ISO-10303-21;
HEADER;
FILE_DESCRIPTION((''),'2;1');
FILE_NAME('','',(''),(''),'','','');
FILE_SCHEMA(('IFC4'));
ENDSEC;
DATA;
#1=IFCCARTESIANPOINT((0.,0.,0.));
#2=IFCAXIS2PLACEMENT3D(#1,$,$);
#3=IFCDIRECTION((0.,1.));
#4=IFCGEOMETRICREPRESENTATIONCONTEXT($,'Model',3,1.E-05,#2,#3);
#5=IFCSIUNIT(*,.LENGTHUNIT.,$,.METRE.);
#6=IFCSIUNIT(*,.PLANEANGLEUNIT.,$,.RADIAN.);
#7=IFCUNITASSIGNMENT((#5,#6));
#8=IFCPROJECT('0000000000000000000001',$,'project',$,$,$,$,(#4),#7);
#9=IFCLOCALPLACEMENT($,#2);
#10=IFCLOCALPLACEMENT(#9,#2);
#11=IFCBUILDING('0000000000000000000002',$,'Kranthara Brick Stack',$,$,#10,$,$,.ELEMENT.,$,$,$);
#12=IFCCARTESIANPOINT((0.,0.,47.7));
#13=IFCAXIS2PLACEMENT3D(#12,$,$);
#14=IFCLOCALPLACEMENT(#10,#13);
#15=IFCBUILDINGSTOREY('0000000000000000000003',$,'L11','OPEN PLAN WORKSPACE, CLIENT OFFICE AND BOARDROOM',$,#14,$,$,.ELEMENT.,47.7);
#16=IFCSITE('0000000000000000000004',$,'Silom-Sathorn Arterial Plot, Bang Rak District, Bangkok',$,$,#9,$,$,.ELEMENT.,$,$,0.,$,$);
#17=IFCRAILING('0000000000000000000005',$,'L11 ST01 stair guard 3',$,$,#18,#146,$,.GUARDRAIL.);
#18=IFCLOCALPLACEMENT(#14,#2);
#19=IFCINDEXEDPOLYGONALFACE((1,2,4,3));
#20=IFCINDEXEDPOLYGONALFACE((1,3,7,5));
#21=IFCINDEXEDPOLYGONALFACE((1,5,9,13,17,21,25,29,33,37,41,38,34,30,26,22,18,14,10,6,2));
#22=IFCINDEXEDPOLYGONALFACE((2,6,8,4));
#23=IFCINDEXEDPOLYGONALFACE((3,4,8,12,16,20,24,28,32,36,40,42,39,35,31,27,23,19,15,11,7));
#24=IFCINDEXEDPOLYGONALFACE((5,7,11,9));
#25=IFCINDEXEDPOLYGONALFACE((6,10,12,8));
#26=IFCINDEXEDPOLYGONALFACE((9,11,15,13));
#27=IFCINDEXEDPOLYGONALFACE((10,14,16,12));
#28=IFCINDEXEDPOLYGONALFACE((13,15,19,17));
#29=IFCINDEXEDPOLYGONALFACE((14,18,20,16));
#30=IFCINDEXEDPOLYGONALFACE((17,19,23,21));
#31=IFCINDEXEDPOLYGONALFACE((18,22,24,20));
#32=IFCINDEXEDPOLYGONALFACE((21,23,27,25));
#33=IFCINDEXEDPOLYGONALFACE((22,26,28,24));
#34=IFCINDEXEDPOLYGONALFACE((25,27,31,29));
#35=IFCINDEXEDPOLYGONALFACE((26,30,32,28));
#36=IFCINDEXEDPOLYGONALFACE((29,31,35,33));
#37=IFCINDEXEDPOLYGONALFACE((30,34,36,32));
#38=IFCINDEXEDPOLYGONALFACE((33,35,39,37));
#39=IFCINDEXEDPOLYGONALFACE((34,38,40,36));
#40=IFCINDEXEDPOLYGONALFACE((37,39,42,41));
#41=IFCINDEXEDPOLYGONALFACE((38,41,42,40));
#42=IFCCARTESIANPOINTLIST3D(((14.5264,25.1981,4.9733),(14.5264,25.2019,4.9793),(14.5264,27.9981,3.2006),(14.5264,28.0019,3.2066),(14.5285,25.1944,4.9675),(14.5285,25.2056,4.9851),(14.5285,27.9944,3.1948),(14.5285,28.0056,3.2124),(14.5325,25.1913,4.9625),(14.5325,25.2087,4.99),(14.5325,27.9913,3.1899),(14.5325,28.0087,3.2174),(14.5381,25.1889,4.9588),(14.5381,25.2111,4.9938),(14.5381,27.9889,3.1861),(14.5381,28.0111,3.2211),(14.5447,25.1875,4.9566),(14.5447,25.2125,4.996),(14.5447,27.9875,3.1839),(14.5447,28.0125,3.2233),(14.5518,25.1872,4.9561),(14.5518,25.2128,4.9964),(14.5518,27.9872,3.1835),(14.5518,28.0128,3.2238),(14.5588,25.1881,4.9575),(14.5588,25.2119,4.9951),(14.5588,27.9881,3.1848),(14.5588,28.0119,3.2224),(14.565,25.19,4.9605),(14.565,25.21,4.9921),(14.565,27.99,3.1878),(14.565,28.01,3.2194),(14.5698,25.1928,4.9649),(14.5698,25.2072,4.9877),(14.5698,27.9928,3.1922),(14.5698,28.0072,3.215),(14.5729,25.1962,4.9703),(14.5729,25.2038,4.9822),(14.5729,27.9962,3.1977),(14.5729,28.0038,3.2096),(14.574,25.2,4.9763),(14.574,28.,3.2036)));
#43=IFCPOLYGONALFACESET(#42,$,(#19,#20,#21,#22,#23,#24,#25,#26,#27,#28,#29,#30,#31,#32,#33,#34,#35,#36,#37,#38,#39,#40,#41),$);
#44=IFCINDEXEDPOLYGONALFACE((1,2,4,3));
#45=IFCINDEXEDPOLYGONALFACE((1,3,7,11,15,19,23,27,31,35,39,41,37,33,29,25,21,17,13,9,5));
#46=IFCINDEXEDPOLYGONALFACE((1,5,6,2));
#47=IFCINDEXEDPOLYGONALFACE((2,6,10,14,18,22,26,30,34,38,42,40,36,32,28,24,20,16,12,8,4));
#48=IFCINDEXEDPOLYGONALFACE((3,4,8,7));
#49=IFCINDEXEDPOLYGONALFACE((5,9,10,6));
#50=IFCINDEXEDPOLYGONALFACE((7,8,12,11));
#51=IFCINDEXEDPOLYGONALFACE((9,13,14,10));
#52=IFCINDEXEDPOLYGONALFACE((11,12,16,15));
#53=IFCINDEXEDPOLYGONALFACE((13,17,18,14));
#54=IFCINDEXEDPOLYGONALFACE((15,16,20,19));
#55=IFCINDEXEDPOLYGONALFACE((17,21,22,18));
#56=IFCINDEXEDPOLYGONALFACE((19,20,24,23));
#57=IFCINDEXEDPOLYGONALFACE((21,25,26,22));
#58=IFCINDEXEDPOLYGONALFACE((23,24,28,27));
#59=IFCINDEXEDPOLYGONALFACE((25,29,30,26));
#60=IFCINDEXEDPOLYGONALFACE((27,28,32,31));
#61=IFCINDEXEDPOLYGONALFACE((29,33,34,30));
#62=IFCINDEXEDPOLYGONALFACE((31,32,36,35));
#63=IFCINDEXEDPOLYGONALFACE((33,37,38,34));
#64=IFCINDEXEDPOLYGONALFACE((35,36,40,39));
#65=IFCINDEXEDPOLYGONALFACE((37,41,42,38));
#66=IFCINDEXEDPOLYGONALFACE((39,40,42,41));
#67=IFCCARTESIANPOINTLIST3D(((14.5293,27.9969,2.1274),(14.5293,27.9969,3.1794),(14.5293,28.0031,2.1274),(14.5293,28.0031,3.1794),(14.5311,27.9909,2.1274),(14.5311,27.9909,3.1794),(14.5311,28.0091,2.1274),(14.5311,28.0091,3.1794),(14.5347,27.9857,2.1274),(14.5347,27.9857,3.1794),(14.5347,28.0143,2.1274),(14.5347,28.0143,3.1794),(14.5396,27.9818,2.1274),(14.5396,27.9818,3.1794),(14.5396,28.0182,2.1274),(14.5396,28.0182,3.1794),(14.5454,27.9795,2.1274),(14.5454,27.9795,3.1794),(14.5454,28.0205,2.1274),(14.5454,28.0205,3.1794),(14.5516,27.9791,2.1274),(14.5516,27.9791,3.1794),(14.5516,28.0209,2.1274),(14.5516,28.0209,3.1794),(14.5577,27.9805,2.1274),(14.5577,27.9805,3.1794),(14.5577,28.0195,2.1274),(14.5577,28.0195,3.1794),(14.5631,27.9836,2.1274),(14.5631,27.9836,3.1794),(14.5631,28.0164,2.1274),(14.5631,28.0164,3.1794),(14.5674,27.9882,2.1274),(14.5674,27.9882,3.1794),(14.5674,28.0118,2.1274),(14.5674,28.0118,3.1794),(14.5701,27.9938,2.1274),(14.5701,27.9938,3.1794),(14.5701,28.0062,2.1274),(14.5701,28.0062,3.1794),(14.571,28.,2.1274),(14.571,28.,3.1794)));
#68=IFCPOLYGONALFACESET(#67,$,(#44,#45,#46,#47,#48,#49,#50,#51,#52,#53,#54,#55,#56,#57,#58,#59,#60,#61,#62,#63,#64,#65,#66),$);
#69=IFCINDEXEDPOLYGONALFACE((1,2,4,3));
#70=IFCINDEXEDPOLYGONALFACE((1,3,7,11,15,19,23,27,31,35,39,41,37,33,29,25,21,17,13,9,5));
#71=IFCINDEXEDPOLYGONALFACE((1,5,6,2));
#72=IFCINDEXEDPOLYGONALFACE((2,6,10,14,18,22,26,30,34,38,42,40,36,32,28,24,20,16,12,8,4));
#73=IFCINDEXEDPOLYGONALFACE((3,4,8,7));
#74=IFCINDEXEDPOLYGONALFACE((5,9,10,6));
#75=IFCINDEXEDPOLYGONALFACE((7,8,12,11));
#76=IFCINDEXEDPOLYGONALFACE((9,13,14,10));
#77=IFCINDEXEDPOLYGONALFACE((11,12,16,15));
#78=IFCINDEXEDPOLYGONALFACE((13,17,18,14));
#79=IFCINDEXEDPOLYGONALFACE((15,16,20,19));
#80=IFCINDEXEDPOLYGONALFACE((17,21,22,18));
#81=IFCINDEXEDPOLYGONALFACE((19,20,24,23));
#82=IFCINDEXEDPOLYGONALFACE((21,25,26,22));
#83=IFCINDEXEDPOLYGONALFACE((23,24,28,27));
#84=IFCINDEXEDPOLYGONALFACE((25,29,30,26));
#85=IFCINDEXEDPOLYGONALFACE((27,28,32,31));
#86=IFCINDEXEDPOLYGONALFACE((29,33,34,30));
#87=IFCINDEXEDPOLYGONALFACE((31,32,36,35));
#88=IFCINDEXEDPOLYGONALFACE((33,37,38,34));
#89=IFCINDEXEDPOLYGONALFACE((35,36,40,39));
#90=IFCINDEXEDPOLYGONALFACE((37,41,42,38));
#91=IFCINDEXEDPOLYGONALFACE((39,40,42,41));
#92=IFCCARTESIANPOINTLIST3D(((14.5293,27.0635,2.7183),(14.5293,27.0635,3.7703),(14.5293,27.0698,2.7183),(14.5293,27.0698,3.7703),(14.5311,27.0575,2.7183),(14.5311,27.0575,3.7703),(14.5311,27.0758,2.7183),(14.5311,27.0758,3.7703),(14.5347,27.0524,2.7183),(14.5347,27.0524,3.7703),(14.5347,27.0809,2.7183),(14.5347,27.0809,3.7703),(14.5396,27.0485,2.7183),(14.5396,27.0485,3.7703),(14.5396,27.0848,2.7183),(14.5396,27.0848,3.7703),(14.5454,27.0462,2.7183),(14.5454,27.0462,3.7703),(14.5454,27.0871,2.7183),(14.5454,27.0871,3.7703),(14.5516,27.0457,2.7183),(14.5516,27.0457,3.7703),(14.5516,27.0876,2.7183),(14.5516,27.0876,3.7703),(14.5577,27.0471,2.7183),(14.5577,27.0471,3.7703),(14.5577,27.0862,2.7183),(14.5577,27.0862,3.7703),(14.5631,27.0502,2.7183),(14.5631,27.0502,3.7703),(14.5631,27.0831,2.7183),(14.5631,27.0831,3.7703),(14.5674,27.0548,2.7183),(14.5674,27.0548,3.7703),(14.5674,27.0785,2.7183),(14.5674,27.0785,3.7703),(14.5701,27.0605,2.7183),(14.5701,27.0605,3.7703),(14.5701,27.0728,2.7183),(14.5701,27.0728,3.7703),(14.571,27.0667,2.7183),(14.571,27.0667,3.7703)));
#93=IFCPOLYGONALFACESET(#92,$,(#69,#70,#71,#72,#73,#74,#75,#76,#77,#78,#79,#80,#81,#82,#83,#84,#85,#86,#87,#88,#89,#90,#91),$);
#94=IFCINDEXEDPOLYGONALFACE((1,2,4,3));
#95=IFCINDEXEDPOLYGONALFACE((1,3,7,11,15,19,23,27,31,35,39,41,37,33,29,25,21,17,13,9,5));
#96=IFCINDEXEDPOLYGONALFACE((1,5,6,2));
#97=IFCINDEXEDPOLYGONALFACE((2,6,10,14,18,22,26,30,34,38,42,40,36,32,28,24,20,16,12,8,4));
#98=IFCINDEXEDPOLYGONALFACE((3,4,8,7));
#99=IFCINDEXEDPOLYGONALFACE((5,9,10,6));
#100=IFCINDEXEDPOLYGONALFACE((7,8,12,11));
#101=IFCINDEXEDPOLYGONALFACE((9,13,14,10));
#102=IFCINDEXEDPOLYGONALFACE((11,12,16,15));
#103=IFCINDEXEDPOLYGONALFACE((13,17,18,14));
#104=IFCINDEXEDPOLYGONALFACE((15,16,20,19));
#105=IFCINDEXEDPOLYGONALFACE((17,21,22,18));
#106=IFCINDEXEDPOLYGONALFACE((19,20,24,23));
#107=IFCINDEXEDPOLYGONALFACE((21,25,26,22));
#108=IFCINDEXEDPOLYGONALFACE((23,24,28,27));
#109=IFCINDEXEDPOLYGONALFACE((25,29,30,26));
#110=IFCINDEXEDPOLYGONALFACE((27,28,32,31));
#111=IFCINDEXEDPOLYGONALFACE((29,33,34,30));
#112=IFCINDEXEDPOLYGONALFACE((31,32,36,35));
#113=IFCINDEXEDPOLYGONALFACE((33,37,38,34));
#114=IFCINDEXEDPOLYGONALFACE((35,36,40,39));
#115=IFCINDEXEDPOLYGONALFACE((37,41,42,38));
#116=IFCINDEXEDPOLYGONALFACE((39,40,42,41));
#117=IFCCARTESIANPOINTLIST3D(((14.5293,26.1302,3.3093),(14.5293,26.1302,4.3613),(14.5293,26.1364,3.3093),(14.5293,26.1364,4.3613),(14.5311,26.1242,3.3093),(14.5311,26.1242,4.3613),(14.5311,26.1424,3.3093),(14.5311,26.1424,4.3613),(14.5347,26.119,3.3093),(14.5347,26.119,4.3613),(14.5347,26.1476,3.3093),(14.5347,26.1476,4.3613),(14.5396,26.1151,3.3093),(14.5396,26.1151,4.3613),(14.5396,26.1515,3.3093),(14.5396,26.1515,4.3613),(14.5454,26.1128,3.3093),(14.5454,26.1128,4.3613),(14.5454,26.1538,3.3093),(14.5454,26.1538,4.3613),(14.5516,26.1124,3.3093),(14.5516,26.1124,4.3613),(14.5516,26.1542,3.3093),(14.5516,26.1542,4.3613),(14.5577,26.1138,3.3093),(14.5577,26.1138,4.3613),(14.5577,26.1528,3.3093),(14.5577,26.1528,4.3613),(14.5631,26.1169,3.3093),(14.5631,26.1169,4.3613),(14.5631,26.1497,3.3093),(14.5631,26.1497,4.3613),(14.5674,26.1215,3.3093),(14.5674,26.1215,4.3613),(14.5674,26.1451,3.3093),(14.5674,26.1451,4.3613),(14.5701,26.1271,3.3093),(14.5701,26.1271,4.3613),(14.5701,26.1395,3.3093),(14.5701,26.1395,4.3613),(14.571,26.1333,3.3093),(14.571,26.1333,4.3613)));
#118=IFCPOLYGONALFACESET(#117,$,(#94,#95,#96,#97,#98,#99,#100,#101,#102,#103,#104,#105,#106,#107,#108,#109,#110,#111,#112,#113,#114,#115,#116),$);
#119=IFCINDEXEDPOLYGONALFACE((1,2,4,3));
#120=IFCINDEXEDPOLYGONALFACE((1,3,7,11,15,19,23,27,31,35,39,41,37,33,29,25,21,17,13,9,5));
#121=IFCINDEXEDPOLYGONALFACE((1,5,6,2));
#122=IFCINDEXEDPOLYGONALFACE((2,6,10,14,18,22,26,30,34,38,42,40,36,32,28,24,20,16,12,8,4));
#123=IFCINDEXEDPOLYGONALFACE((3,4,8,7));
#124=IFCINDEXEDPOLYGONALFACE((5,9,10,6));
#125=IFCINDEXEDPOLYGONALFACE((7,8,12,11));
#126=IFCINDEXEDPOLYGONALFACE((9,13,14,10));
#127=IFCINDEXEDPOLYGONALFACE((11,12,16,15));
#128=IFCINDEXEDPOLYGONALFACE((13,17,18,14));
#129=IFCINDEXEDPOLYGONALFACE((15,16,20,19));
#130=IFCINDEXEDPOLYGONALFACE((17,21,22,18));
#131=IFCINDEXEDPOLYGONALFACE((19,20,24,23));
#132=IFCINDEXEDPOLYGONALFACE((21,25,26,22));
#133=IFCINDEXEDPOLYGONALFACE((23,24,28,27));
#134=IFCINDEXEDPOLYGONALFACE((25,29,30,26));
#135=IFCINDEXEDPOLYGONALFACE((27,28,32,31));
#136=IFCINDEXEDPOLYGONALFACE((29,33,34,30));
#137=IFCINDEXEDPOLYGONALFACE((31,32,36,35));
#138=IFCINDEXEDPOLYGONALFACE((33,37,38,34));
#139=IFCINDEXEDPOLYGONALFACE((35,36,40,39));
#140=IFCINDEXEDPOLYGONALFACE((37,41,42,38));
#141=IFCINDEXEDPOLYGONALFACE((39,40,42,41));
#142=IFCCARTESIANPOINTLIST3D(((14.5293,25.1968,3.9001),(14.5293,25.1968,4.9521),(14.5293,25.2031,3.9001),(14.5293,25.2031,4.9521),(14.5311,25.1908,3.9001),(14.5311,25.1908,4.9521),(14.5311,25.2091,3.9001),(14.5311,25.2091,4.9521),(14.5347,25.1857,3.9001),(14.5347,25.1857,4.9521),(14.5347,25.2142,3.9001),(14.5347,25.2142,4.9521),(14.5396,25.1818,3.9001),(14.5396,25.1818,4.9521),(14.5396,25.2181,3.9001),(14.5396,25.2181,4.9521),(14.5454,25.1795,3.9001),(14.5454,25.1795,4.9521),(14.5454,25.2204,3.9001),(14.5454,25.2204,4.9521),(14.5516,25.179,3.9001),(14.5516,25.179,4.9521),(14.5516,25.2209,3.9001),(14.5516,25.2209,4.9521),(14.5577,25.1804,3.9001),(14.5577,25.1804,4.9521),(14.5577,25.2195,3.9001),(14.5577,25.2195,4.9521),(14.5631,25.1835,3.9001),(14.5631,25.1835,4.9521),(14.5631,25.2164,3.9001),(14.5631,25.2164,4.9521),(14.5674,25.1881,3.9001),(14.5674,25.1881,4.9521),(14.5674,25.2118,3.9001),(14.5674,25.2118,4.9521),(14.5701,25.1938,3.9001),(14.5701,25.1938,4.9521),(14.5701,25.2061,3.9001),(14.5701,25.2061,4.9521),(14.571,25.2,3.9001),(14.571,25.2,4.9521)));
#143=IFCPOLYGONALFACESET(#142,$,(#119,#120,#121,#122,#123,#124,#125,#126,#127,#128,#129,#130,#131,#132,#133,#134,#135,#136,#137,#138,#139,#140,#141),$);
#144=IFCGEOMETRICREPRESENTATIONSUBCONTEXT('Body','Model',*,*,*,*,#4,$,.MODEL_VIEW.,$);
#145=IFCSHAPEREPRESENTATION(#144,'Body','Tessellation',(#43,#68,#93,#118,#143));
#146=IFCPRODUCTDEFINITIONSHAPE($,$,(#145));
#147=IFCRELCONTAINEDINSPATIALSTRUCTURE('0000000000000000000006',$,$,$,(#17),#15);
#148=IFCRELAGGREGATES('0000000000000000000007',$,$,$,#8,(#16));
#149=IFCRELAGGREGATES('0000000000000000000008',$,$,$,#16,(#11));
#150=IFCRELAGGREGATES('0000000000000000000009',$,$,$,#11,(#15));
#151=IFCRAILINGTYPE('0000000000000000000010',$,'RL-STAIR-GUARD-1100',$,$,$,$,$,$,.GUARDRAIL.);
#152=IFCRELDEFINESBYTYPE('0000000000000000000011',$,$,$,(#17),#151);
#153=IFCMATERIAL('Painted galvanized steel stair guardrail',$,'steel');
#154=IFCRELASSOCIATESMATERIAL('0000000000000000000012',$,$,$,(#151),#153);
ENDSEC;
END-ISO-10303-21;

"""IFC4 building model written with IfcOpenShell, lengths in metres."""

from ifc_helpers import new_model, si_unit, direction, frame, origin, origin_2d, place, context, subcontext, project, spatial, circle, extrude, material, type_object, element, save


model = new_model("IFC4")

# Units and contexts
model_context = context("Model", 3, precision=1e-05, world=origin(), true_north=direction((0.0, 1.0)))
body_context = subcontext(model_context, "Body", "Model", "MODEL_VIEW")
ifc_project = project(units=[si_unit("LENGTHUNIT", "METRE"), si_unit("PLANEANGLEUNIT", "RADIAN")], contexts=[model_context])

# Site, building, storey
site_placement = place(None, origin())
site = spatial("IfcSite", under=ifc_project, at=site_placement, Name="Silom-Sathorn Arterial Plot, Bang Rak District, Bangkok", CompositionType="ELEMENT", RefElevation=0.0)
building_placement = place(site_placement, origin())
building = spatial("IfcBuilding", under=site, at=building_placement, Name="Kranthara Brick Stack", CompositionType="ELEMENT")
storey_placement = place(building_placement, frame((0.0, 0.0, 47.7)))
storey = spatial("IfcBuildingStorey", under=building, at=storey_placement, Name="L11", Description="OPEN PLAN WORKSPACE, CLIENT OFFICE AND BOARDROOM", CompositionType="ELEMENT", Elevation=47.7)

# Railing
ifc_material_1 = material(Name="Painted galvanized steel stair guardrail", Category="steel")
railing_type_1 = type_object("IfcRailingType", Name="RL-STAIR-GUARD-1100", PredefinedType="GUARDRAIL", material=ifc_material_1)
railing_1_placement = place(storey_placement, frame((14.55, 28.0, 2.1274)))
element("IfcRailing", 1, at=railing_1_placement, inside=storey, type_object=railing_type_1, Name="L11 ST01 stair guard 3", PredefinedType="GUARDRAIL", context=body_context, shape_type="SweptSolid", body=[
    extrude(circle(Radius=0.0239, at=origin_2d()), frame((0.0, 0.0, 1.0762), z_axis=(0.0, -0.844909, 0.53491), x_axis=(1.0, 0.0, 0.0)), (0.0, 0.0, 1.0), 3.314),
    extrude(circle(Radius=0.021, at=origin_2d()), origin(), (0.0, 0.0, 1.0), 1.052),
    extrude(circle(Radius=0.021, at=origin_2d()), frame((0.0, -0.9333, 0.5908)), (0.0, 0.0, 1.0), 1.052),
    extrude(circle(Radius=0.021, at=origin_2d()), frame((0.0, -1.8667, 1.1819)), (0.0, 0.0, 1.0), 1.052),
    extrude(circle(Radius=0.021, at=origin_2d()), frame((0.0, -2.8, 1.7727)), (0.0, 0.0, 1.0), 1.052),
])

save(model, "model.ifc")
